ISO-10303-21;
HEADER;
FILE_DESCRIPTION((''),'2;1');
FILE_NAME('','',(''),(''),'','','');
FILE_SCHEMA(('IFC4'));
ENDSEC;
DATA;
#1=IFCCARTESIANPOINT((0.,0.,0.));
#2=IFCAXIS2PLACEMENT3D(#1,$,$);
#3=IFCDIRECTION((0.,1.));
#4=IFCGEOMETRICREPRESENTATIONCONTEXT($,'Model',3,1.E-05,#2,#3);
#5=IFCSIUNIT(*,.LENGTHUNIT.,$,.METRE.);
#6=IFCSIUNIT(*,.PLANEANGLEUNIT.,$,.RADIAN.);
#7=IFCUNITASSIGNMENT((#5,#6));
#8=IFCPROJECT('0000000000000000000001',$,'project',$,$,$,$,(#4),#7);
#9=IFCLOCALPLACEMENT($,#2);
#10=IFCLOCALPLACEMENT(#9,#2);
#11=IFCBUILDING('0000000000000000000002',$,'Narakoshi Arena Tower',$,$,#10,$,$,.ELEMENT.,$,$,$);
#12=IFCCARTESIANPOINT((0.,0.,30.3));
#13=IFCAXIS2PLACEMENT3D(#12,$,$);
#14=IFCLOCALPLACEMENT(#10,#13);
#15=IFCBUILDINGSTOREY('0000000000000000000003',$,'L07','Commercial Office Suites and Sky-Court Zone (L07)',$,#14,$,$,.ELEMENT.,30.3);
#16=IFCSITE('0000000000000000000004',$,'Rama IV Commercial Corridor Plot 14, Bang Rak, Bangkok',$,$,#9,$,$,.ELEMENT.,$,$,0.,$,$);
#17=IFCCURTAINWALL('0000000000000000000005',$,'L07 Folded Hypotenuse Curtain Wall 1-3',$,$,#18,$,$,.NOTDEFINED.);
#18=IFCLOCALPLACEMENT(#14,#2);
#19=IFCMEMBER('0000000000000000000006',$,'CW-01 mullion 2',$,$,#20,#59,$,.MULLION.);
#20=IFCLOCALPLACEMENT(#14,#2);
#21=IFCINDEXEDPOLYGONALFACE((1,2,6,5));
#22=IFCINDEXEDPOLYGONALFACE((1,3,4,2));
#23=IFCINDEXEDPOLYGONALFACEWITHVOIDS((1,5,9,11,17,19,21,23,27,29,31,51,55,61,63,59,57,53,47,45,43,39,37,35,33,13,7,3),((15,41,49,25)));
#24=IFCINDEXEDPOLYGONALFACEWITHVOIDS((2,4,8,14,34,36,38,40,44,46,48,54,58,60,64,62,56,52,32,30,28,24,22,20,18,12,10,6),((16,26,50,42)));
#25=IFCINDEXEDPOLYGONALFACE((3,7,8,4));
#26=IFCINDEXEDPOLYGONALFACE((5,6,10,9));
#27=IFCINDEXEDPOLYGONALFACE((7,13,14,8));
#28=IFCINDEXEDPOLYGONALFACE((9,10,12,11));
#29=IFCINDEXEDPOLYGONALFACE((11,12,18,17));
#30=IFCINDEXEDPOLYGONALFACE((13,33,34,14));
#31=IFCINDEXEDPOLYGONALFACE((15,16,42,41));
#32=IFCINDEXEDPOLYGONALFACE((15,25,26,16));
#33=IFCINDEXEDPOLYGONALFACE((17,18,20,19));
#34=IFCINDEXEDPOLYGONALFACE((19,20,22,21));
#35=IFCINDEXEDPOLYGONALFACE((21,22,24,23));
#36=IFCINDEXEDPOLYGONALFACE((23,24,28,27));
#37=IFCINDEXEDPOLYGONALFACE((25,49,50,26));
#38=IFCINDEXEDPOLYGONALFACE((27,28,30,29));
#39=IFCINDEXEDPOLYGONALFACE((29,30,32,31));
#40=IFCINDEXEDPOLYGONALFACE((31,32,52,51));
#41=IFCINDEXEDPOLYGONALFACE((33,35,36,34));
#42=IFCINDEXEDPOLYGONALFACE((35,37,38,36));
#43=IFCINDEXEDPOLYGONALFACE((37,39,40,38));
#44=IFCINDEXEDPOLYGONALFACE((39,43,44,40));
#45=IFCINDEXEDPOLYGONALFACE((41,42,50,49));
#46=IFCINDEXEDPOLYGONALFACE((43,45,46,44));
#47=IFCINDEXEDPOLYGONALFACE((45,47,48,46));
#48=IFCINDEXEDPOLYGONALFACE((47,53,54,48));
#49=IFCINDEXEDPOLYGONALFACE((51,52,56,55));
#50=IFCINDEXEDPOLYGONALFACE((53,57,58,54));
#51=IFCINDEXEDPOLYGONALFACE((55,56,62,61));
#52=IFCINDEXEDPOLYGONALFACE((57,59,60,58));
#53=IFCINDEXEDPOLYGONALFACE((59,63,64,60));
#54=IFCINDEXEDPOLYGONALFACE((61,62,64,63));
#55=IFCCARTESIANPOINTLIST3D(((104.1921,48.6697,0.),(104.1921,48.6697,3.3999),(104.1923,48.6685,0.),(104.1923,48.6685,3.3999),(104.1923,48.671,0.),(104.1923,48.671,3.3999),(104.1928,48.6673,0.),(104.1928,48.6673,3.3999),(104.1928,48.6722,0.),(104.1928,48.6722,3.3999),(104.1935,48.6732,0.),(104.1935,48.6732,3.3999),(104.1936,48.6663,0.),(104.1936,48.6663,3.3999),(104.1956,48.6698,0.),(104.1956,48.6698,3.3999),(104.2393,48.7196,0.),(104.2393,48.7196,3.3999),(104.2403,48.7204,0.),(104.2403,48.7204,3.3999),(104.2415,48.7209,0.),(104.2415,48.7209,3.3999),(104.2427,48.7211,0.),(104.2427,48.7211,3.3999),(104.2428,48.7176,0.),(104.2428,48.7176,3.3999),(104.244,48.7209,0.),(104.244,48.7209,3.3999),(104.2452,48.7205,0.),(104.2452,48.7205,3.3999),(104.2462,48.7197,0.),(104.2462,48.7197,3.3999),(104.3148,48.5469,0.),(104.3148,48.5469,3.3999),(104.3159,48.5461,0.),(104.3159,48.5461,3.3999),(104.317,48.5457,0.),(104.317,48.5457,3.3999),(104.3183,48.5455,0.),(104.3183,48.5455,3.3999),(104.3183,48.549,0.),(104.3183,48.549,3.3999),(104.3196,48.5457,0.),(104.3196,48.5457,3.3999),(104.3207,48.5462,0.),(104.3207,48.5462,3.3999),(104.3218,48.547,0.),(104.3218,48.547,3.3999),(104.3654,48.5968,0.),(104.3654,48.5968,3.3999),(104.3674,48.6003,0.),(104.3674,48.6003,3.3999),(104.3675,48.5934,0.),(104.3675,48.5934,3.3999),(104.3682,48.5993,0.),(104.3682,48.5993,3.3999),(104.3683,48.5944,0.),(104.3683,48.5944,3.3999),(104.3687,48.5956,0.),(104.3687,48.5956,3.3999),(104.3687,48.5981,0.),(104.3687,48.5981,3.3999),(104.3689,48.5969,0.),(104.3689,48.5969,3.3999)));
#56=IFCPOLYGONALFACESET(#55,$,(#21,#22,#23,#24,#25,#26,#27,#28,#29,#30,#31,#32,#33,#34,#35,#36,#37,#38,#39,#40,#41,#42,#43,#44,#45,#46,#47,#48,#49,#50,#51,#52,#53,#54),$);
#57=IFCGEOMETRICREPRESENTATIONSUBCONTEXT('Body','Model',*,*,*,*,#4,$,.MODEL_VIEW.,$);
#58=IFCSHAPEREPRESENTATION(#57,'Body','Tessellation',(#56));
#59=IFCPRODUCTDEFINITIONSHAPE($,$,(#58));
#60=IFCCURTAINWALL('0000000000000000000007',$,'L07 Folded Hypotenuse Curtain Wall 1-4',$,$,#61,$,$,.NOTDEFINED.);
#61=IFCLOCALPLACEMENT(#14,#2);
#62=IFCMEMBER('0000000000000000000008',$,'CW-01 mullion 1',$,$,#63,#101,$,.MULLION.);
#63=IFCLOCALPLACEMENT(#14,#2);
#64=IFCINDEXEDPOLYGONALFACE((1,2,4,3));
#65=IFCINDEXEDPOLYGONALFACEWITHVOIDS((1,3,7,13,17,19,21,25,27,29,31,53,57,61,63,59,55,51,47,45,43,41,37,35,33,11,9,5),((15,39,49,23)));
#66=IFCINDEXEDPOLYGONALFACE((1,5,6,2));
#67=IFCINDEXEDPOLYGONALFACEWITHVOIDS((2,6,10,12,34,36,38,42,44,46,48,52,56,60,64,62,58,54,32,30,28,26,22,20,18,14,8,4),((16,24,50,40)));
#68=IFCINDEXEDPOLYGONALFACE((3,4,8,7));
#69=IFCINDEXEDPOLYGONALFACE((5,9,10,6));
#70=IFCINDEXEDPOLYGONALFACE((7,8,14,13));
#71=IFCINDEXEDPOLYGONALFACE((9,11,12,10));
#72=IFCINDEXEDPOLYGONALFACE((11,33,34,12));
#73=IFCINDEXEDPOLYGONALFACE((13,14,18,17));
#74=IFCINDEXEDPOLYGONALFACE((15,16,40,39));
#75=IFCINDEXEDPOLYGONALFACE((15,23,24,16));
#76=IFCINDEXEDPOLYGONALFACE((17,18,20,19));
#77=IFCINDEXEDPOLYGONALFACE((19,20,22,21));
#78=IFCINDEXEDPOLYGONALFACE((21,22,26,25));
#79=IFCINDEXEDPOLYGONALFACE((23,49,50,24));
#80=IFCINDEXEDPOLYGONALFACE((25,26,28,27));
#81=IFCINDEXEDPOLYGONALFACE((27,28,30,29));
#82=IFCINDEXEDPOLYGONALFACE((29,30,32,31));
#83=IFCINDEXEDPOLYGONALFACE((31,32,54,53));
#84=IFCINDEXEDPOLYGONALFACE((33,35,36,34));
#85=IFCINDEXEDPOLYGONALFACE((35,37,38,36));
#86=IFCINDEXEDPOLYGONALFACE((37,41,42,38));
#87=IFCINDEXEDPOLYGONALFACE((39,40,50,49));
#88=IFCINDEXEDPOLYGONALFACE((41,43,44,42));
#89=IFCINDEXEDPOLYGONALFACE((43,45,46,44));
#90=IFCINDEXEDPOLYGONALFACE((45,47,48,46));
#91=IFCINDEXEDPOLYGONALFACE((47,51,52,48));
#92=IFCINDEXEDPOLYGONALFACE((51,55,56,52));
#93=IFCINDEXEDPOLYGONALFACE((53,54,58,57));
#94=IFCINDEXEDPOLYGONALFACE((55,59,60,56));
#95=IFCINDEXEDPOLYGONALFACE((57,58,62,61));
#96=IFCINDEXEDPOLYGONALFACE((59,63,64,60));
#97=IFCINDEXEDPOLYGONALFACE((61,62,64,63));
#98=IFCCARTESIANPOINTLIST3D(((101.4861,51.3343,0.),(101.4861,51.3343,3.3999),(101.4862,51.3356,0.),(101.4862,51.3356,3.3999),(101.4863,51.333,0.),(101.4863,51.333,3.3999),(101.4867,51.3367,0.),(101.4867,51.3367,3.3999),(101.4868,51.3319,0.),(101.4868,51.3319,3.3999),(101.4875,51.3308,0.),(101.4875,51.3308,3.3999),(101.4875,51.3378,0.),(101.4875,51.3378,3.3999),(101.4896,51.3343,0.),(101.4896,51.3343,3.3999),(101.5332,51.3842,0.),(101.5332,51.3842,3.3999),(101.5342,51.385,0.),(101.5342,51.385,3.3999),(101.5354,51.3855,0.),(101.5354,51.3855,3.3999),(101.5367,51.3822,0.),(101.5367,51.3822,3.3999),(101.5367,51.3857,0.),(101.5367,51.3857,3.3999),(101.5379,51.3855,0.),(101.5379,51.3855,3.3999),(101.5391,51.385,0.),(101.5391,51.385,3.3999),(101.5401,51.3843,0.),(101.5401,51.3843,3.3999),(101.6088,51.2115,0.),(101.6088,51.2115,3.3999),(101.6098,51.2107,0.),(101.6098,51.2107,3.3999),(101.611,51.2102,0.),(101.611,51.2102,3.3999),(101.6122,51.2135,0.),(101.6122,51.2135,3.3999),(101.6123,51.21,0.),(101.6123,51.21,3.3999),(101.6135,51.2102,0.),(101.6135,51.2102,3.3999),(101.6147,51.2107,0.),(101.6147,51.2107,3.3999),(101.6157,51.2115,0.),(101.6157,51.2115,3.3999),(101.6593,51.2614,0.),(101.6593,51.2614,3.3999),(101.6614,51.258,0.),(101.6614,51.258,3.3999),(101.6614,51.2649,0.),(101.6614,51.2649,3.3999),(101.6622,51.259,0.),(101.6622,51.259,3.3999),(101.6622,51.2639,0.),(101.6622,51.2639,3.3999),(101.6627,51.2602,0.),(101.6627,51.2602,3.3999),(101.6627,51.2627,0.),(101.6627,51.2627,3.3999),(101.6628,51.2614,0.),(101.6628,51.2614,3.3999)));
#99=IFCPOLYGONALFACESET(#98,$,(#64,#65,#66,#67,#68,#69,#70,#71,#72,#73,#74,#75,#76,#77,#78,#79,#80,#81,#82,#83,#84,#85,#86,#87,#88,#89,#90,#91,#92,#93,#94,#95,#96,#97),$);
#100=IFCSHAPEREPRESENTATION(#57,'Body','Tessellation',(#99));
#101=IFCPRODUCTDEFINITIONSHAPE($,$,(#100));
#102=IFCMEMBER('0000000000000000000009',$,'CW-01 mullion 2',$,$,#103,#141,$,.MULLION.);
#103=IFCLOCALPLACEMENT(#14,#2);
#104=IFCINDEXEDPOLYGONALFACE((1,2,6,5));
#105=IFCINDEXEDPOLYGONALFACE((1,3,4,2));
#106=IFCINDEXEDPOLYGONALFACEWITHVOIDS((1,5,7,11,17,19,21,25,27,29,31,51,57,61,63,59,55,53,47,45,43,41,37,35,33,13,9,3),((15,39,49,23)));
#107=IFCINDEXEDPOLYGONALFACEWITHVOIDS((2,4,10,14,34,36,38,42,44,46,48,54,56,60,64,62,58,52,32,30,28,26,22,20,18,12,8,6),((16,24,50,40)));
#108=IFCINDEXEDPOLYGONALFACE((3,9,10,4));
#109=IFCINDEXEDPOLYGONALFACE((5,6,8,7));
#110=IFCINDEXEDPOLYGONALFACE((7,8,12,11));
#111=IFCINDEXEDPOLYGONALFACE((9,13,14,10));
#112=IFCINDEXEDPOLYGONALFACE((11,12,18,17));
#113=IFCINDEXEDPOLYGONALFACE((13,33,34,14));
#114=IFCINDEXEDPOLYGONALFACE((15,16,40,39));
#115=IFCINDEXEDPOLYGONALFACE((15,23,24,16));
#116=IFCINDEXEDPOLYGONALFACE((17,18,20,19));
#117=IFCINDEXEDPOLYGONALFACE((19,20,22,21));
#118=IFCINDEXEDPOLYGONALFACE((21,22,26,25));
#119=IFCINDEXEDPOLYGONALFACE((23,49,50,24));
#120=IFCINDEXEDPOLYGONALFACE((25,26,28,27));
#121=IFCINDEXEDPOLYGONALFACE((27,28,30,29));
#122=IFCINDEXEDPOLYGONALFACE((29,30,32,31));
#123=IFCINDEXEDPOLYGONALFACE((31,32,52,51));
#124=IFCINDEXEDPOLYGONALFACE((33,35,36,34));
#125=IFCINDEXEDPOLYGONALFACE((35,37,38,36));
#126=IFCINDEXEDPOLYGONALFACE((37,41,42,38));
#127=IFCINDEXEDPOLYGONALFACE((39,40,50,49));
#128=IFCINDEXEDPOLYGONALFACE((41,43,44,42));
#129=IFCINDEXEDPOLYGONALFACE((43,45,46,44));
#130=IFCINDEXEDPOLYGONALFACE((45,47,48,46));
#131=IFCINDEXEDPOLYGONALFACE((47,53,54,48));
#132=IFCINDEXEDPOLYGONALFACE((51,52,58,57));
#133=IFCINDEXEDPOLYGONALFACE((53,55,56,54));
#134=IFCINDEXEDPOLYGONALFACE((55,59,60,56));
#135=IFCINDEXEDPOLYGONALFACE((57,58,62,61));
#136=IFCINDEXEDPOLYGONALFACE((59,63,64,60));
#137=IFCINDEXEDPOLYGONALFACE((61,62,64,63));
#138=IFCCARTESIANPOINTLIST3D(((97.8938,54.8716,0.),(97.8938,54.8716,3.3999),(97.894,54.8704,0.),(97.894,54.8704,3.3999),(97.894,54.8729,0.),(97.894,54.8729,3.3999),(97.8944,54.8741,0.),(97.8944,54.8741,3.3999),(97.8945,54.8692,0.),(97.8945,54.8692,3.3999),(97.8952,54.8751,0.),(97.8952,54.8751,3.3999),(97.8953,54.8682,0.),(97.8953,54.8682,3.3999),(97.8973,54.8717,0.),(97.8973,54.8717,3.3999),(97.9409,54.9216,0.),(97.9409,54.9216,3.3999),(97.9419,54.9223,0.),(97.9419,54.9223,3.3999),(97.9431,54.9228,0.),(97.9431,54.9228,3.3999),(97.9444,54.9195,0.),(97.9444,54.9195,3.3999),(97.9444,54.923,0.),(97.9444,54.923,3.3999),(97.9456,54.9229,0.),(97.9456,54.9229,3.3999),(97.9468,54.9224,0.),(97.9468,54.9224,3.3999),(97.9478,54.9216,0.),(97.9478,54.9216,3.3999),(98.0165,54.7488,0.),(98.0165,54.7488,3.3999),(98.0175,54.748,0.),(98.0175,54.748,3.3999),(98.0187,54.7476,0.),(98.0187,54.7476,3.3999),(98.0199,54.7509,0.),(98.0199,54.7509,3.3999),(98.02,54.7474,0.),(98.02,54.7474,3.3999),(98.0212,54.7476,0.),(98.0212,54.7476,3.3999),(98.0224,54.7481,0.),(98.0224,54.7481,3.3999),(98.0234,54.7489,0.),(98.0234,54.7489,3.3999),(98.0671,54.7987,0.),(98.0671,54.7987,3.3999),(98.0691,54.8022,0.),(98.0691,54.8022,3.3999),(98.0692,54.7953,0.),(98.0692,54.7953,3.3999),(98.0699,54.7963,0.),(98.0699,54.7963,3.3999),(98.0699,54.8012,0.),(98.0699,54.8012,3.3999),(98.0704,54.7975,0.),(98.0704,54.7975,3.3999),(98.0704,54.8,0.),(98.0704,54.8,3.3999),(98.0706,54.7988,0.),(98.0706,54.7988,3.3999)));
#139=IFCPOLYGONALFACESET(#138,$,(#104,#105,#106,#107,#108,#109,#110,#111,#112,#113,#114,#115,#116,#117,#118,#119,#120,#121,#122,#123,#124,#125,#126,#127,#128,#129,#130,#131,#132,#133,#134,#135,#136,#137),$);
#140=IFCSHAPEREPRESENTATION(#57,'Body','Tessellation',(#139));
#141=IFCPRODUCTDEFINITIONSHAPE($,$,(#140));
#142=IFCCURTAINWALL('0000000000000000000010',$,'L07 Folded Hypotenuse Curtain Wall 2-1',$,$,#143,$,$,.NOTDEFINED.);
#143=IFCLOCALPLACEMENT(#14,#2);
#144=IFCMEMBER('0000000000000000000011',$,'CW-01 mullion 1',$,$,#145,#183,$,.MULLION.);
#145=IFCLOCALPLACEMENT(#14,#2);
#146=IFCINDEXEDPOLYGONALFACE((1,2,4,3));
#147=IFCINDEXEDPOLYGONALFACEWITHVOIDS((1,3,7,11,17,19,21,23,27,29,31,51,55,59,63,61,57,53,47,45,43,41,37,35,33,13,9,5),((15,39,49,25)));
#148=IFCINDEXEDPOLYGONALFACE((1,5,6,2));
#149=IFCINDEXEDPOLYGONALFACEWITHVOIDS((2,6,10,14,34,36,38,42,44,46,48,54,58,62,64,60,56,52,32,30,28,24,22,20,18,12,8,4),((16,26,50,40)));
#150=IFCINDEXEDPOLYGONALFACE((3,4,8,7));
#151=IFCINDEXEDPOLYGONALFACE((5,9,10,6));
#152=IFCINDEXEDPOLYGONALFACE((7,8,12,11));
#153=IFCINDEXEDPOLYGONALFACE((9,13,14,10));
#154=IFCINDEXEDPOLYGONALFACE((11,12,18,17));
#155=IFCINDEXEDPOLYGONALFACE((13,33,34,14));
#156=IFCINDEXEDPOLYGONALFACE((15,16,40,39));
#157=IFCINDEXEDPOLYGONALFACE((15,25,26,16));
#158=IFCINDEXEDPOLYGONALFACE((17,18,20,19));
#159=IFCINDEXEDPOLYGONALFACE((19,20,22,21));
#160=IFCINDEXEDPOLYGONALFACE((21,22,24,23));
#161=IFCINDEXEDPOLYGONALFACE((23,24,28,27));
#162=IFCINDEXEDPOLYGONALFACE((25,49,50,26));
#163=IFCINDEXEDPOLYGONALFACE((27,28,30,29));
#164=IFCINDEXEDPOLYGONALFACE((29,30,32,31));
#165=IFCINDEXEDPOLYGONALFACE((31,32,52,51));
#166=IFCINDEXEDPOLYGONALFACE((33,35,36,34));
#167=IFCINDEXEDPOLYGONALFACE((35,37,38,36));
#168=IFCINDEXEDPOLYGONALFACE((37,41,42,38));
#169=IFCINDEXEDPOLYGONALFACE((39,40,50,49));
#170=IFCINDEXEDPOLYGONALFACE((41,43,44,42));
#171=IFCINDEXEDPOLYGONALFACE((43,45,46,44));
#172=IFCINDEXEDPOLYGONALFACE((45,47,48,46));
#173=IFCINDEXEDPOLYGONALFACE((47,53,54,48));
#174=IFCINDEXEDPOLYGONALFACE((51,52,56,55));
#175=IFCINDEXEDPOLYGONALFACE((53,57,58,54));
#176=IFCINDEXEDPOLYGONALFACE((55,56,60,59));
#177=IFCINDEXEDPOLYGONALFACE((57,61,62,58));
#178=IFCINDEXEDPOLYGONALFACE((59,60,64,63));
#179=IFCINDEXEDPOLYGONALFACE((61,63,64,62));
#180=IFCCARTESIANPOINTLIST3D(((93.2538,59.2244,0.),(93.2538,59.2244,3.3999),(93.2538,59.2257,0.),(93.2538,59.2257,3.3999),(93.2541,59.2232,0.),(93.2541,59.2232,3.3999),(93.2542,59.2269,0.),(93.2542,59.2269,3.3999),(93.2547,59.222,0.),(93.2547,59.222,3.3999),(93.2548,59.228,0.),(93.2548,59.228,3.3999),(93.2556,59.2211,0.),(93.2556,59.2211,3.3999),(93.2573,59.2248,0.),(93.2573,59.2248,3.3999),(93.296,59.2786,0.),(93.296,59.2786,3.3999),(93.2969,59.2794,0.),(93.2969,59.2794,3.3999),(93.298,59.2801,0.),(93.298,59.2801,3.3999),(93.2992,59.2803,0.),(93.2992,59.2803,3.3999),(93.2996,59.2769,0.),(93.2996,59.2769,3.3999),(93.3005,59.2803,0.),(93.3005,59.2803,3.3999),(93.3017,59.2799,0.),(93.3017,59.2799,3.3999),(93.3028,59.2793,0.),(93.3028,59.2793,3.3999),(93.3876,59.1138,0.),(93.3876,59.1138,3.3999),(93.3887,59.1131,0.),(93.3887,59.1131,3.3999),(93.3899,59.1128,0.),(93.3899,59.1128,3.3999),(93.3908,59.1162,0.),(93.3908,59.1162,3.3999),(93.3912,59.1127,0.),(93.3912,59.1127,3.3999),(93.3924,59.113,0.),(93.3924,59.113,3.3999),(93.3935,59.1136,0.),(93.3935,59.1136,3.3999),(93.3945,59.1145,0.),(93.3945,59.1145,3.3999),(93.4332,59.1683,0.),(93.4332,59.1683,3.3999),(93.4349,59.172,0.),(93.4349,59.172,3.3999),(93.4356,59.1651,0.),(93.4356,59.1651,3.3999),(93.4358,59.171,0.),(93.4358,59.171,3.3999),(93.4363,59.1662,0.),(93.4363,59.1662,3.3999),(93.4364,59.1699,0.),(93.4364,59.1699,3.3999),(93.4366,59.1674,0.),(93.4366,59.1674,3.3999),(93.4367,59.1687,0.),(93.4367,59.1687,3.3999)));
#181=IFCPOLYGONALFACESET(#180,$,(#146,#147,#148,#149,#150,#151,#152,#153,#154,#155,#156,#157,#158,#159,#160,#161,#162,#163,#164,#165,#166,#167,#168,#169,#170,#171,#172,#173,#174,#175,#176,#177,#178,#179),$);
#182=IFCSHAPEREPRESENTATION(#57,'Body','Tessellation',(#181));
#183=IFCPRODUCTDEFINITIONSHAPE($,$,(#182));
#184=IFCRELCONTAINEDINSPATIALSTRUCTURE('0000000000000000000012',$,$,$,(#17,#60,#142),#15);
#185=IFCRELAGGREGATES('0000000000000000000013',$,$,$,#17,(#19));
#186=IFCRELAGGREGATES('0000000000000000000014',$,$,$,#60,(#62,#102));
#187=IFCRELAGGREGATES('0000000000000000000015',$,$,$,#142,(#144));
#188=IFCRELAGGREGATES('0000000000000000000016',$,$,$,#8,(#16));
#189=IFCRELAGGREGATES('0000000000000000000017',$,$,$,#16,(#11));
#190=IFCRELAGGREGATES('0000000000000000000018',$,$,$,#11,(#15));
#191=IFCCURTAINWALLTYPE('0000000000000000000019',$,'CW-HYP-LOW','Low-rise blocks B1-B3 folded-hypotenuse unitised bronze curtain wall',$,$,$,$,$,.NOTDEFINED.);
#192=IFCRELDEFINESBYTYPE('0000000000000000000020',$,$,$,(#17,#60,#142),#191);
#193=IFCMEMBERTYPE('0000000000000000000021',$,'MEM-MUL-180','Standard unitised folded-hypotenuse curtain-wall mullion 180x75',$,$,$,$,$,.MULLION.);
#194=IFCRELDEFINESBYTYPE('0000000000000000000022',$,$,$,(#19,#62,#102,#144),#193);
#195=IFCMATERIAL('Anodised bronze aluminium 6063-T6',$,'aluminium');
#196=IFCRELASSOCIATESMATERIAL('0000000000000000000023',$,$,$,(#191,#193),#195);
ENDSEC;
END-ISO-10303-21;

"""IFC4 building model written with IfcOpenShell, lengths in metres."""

from ifc_helpers import new_model, si_unit, direction, frame, origin, origin_2d, place, context, subcontext, project, spatial, hollow_rectangle, extrude, material, material_profile, profile_set, type_object, element, aggregate, save


model = new_model("IFC4")

# Units and contexts
model_context = context("Model", 3, precision=1e-05, world=origin(), true_north=direction((0.0, 1.0)))
body_context = subcontext(model_context, "Body", "Model", "MODEL_VIEW")
ifc_project = project(units=[si_unit("LENGTHUNIT", "METRE"), si_unit("PLANEANGLEUNIT", "RADIAN")], contexts=[model_context])

# Site, building, storey
site_placement = place(None, origin())
site = spatial("IfcSite", under=ifc_project, at=site_placement, Name="Rama IV Commercial Corridor Plot 14, Bang Rak, Bangkok", CompositionType="ELEMENT", RefElevation=0.0)
building_placement = place(site_placement, origin())
building = spatial("IfcBuilding", under=site, at=building_placement, Name="Narakoshi Arena Tower", CompositionType="ELEMENT")
storey_placement = place(building_placement, frame((0.0, 0.0, 30.3)))
storey = spatial("IfcBuildingStorey", under=building, at=storey_placement, Name="L07", Description="Commercial Office Suites and Sky-Court Zone (L07)", CompositionType="ELEMENT", Elevation=30.3)

# Curtain wall, member
ifc_material_1 = material(Name="Anodised bronze aluminium 6063-T6", Category="aluminium")
curtain_wall_type = type_object("IfcCurtainWallType", Name="CW-HYP-LOW", Description="Low-rise blocks B1-B3 folded-hypotenuse unitised bronze curtain wall", PredefinedType="NOTDEFINED", material=ifc_material_1)
curtain_wall_1_placement = place(storey_placement, origin())
curtain_wall_1 = element("IfcCurtainWall", 1, at=curtain_wall_1_placement, inside=storey, type_object=curtain_wall_type, Name="L07 Folded Hypotenuse Curtain Wall 1-3", PredefinedType="NOTDEFINED")
ifc_material_profile_1 = material_profile(ifc_material_1, hollow_rectangle(XDim=0.075, YDim=0.1799, WallThickness=0.0039, OuterFilletRadius=0.0049, at=origin_2d()), Name="MUL180x75x4")
ifc_profile_set_1 = profile_set([ifc_material_profile_1], Name="Anodised bronze aluminium 6063-T6")
member_type_1 = type_object("IfcMemberType", Name="MEM-MUL-180", Description="Standard unitised folded-hypotenuse curtain-wall mullion 180x75", PredefinedType="MULLION", material=ifc_profile_set_1)
member_1_placement = place(storey_placement, frame((104.2805, 48.6333, 0.0), z_axis=(0.0, 0.0, 1.0), x_axis=(-0.701633, -0.712539, 0.0)))
member_1 = element("IfcMember", 2, at=member_1_placement, type_object=member_type_1, Name="CW-01 mullion 2", PredefinedType="MULLION", context=body_context, shape_type="SweptSolid", body=[
    extrude(hollow_rectangle(XDim=0.075, YDim=0.1799, WallThickness=0.0039, OuterFilletRadius=0.0049, at=origin_2d()), origin(), (0.0, 0.0, 1.0), 3.3999),
])

# Curtain walls, members
curtain_wall_2_placement = place(storey_placement, origin())
curtain_wall_2 = element("IfcCurtainWall", 3, at=curtain_wall_2_placement, inside=storey, type_object=curtain_wall_type, Name="L07 Folded Hypotenuse Curtain Wall 1-4", PredefinedType="NOTDEFINED")
member_2_placement = place(storey_placement, frame((101.5745, 51.2979, 0.0), z_axis=(0.0, 0.0, 1.0), x_axis=(-0.701633, -0.712539, 0.0)))
member_2 = element("IfcMember", 4, at=member_2_placement, type_object=member_type_1, Name="CW-01 mullion 1", PredefinedType="MULLION", context=body_context, shape_type="SweptSolid", body=[
    extrude(hollow_rectangle(XDim=0.075, YDim=0.1799, WallThickness=0.0039, OuterFilletRadius=0.0049, at=origin_2d()), origin(), (0.0, 0.0, 1.0), 3.3999),
])
member_3_placement = place(storey_placement, frame((97.9822, 54.8352, 0.0), z_axis=(0.0, 0.0, 1.0), x_axis=(-0.701633, -0.712539, 0.0)))
member_3 = element("IfcMember", 5, at=member_3_placement, type_object=member_type_1, Name="CW-01 mullion 2", PredefinedType="MULLION", context=body_context, shape_type="SweptSolid", body=[
    extrude(hollow_rectangle(XDim=0.075, YDim=0.1799, WallThickness=0.0039, OuterFilletRadius=0.0049, at=origin_2d()), origin(), (0.0, 0.0, 1.0), 3.3999),
])
curtain_wall_3_placement = place(storey_placement, origin())
curtain_wall_3 = element("IfcCurtainWall", 6, at=curtain_wall_3_placement, inside=storey, type_object=curtain_wall_type, Name="L07 Folded Hypotenuse Curtain Wall 2-1", PredefinedType="NOTDEFINED")
member_4_placement = place(storey_placement, frame((93.3452, 59.1965, 0.0), z_axis=(0.0, 0.0, 1.0), x_axis=(-0.630723, -0.776008, 0.0)))
member_4 = element("IfcMember", 7, at=member_4_placement, type_object=member_type_1, Name="CW-01 mullion 1", PredefinedType="MULLION", context=body_context, shape_type="SweptSolid", body=[
    extrude(hollow_rectangle(XDim=0.075, YDim=0.1799, WallThickness=0.0039, OuterFilletRadius=0.0049, at=origin_2d()), origin(), (0.0, 0.0, 1.0), 3.3999),
])

aggregate(curtain_wall_1, [member_1])
aggregate(curtain_wall_2, [member_2, member_3])
aggregate(curtain_wall_3, [member_4])

save(model, "model.ifc")
